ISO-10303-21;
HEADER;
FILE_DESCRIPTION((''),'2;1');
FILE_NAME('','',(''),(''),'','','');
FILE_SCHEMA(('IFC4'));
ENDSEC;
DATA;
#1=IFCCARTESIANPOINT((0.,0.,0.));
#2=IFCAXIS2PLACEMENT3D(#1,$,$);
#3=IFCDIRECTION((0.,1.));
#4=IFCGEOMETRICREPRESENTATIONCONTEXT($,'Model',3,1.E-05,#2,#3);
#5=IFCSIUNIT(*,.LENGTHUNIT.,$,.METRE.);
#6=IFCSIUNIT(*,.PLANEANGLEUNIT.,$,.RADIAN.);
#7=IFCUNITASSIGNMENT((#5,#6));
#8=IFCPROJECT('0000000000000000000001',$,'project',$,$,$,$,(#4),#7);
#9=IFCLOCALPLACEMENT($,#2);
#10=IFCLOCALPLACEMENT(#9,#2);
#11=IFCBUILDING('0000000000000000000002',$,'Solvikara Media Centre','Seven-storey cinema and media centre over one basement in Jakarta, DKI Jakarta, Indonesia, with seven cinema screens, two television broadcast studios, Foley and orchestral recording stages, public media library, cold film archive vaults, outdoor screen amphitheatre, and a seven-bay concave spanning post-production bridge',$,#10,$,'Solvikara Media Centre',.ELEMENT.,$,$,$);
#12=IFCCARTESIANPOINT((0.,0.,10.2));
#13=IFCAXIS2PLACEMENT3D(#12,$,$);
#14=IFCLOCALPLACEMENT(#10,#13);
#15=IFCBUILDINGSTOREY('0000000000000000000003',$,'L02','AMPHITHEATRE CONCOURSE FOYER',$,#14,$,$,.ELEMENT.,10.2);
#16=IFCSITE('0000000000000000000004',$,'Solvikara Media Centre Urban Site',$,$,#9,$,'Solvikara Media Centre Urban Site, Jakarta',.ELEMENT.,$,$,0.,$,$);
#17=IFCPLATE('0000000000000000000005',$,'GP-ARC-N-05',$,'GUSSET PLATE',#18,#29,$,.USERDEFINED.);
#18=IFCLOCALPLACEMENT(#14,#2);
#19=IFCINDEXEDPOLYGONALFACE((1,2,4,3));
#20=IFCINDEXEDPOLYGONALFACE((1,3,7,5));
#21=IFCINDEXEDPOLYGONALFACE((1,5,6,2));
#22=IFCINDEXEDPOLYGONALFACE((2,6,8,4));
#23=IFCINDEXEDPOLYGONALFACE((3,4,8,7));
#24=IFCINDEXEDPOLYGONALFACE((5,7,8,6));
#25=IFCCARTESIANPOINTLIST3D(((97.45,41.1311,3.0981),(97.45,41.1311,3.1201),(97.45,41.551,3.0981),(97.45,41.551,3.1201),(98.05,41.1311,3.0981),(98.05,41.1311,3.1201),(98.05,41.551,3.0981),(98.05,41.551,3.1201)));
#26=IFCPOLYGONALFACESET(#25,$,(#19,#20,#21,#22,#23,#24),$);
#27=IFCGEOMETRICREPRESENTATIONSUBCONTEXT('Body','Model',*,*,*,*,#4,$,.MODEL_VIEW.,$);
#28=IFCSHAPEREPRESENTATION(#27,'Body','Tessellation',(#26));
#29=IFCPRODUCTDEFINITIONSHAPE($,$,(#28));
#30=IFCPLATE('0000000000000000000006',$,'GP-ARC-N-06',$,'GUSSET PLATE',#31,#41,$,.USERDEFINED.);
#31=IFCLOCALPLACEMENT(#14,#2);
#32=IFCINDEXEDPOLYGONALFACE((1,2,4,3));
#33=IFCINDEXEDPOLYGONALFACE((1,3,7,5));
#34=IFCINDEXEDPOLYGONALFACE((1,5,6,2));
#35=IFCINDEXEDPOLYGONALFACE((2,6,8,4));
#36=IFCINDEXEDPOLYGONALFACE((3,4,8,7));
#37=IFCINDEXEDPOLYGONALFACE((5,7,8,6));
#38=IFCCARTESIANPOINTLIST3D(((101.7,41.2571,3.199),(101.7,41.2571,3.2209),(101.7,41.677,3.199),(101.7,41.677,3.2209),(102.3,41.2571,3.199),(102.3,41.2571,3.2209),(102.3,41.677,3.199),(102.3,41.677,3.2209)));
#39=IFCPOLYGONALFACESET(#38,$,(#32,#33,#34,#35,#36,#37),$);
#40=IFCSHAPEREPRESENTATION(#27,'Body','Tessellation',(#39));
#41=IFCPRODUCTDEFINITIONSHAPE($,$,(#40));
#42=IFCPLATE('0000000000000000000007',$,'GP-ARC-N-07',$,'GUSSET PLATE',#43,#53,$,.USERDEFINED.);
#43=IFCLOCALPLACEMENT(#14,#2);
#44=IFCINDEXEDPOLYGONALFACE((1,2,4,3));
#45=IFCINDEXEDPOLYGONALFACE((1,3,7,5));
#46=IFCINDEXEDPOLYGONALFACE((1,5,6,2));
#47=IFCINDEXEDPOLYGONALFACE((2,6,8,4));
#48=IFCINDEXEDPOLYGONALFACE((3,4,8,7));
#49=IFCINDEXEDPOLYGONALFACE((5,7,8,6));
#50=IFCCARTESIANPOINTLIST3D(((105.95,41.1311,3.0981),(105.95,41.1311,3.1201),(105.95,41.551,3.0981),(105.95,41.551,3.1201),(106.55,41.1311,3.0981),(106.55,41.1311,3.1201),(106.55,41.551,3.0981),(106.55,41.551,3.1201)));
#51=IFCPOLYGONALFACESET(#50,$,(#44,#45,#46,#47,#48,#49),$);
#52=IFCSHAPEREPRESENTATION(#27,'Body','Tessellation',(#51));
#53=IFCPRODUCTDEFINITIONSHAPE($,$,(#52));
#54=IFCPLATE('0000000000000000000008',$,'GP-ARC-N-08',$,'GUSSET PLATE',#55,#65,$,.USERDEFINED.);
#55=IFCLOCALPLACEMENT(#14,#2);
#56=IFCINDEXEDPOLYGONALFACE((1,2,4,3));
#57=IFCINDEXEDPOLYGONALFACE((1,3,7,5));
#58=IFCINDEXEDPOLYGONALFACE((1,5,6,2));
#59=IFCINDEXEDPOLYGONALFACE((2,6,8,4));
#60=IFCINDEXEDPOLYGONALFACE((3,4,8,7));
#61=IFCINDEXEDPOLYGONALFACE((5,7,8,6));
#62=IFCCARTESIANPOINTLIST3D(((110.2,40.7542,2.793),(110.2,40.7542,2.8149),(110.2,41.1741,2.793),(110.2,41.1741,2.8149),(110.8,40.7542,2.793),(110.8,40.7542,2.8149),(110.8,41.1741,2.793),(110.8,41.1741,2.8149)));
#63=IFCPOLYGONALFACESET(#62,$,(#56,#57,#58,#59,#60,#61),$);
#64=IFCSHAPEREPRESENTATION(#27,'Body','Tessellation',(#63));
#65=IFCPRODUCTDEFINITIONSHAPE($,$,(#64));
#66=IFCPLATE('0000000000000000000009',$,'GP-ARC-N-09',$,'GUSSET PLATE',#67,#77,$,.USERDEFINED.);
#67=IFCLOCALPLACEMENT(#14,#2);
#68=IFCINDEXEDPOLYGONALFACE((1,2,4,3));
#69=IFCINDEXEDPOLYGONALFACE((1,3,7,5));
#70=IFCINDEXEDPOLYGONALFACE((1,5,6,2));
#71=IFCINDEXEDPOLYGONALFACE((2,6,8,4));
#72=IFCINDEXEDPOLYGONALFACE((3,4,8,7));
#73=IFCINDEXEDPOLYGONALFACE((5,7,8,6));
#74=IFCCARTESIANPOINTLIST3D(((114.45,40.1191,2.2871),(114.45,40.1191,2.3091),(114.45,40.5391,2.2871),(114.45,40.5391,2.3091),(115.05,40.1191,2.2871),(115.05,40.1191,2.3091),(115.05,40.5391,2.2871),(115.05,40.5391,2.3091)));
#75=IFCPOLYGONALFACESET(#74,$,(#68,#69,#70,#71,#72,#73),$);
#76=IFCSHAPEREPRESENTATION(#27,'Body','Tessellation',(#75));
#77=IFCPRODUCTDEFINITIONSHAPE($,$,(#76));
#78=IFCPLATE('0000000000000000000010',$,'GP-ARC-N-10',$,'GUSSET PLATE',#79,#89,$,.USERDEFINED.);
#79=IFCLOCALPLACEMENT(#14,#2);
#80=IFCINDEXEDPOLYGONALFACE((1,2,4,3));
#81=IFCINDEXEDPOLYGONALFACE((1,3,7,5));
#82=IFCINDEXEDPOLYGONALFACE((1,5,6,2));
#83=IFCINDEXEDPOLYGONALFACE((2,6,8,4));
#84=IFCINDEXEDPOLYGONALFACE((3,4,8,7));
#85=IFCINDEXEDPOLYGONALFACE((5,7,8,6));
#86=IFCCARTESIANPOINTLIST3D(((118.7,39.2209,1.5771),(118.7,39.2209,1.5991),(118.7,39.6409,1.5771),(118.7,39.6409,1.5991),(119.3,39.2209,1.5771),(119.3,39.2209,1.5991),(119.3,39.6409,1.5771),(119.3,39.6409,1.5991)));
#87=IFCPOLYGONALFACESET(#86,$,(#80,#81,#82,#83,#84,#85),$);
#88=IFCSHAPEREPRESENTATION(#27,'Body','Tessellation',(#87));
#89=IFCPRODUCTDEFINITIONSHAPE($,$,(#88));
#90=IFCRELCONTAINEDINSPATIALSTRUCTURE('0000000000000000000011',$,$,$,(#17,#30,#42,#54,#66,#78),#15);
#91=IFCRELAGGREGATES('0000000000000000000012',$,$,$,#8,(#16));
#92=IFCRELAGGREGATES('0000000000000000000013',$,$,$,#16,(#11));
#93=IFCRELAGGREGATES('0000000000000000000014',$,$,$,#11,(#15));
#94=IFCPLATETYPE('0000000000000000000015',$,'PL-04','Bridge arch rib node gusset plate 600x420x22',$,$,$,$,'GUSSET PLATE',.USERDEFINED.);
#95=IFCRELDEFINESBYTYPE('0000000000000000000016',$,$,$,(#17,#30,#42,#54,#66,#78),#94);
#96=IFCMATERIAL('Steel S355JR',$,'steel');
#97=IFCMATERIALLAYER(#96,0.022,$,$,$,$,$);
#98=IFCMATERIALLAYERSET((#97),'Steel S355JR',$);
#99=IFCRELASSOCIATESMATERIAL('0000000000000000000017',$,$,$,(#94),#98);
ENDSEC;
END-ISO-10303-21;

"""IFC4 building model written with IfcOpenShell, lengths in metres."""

from ifc_helpers import new_model, si_unit, direction, frame, origin, origin_2d, place, context, subcontext, project, spatial, rectangle, extrude, material, layer, layer_set, type_object, element, save


model = new_model("IFC4")

# Units and contexts
model_context = context("Model", 3, precision=1e-05, world=origin(), true_north=direction((0.0, 1.0)))
body_context = subcontext(model_context, "Body", "Model", "MODEL_VIEW")
ifc_project = project(units=[si_unit("LENGTHUNIT", "METRE"), si_unit("PLANEANGLEUNIT", "RADIAN")], contexts=[model_context])

# Site, building, storey
site_placement = place(None, origin())
site = spatial("IfcSite", under=ifc_project, at=site_placement, Name="Solvikara Media Centre Urban Site", LongName="Solvikara Media Centre Urban Site, Jakarta", CompositionType="ELEMENT", RefElevation=0.0)
building_placement = place(site_placement, origin())
building = spatial("IfcBuilding", under=site, at=building_placement, Name="Solvikara Media Centre", Description="Seven-storey cinema and media centre over one basement in Jakarta, DKI Jakarta, Indonesia, with seven cinema screens, two television broadcast studios, Foley and orchestral recording stages, public media library, cold film archive vaults, outdoor screen amphitheatre, and a seven-bay concave spanning post-production bridge", LongName="Solvikara Media Centre", CompositionType="ELEMENT")
storey_placement = place(building_placement, frame((0.0, 0.0, 10.2)))
storey = spatial("IfcBuildingStorey", under=building, at=storey_placement, Name="L02", Description="AMPHITHEATRE CONCOURSE FOYER", CompositionType="ELEMENT", Elevation=10.2)

# Shared definitions
ifc_material = material(Name="Steel S355JR", Category="steel")

# Plates
ifc_layer = layer(ifc_material, 0.022)
ifc_layer_set = layer_set([ifc_layer], Name="Steel S355JR")
plate_type = type_object("IfcPlateType", Name="PL-04", Description="Bridge arch rib node gusset plate 600x420x22", ElementType="GUSSET PLATE", PredefinedType="USERDEFINED", material=ifc_layer_set)
for number, where, z_axis, x_axis, name in (
    (1, (97.75, 41.3411, 3.0981), (0.0, 0.0, 1.0), (1.0, 0.0, 0.0), "GP-ARC-N-05"),
    (2, (102.0, 41.467, 3.199), (0.0, 0.0, 1.0), (1.0, 0.0, 0.0), "GP-ARC-N-06"),
    (3, (106.25, 41.3411, 3.0981), (0.0, 0.0, 1.0), (1.0, 0.0, 0.0), "GP-ARC-N-07"),
    (4, (110.5, 40.9641, 2.793), (0.0, 0.0, 1.0), (1.0, 0.0, 0.0), "GP-ARC-N-08"),
    (5, (114.75, 40.3291, 2.2871), (0.0, 0.0, 1.0), (1.0, 0.0, 0.0), "GP-ARC-N-09"),
    (6, (119.0, 39.4309, 1.5771), (0.0, 0.0, 1.0), (1.0, 0.0, 0.0), "GP-ARC-N-10"),
):
    element("IfcPlate", number, at=place(storey_placement, frame(where, z_axis=z_axis, x_axis=x_axis)), inside=storey, type_object=plate_type, Name=name, ObjectType="GUSSET PLATE", PredefinedType="USERDEFINED", context=body_context, shape_type="SweptSolid", body=[
        extrude(rectangle(XDim=0.6001, YDim=0.4199, at=origin_2d()), origin(), (0.0, 0.0, 1.0), 0.022),
    ])

save(model, "model.ifc")
